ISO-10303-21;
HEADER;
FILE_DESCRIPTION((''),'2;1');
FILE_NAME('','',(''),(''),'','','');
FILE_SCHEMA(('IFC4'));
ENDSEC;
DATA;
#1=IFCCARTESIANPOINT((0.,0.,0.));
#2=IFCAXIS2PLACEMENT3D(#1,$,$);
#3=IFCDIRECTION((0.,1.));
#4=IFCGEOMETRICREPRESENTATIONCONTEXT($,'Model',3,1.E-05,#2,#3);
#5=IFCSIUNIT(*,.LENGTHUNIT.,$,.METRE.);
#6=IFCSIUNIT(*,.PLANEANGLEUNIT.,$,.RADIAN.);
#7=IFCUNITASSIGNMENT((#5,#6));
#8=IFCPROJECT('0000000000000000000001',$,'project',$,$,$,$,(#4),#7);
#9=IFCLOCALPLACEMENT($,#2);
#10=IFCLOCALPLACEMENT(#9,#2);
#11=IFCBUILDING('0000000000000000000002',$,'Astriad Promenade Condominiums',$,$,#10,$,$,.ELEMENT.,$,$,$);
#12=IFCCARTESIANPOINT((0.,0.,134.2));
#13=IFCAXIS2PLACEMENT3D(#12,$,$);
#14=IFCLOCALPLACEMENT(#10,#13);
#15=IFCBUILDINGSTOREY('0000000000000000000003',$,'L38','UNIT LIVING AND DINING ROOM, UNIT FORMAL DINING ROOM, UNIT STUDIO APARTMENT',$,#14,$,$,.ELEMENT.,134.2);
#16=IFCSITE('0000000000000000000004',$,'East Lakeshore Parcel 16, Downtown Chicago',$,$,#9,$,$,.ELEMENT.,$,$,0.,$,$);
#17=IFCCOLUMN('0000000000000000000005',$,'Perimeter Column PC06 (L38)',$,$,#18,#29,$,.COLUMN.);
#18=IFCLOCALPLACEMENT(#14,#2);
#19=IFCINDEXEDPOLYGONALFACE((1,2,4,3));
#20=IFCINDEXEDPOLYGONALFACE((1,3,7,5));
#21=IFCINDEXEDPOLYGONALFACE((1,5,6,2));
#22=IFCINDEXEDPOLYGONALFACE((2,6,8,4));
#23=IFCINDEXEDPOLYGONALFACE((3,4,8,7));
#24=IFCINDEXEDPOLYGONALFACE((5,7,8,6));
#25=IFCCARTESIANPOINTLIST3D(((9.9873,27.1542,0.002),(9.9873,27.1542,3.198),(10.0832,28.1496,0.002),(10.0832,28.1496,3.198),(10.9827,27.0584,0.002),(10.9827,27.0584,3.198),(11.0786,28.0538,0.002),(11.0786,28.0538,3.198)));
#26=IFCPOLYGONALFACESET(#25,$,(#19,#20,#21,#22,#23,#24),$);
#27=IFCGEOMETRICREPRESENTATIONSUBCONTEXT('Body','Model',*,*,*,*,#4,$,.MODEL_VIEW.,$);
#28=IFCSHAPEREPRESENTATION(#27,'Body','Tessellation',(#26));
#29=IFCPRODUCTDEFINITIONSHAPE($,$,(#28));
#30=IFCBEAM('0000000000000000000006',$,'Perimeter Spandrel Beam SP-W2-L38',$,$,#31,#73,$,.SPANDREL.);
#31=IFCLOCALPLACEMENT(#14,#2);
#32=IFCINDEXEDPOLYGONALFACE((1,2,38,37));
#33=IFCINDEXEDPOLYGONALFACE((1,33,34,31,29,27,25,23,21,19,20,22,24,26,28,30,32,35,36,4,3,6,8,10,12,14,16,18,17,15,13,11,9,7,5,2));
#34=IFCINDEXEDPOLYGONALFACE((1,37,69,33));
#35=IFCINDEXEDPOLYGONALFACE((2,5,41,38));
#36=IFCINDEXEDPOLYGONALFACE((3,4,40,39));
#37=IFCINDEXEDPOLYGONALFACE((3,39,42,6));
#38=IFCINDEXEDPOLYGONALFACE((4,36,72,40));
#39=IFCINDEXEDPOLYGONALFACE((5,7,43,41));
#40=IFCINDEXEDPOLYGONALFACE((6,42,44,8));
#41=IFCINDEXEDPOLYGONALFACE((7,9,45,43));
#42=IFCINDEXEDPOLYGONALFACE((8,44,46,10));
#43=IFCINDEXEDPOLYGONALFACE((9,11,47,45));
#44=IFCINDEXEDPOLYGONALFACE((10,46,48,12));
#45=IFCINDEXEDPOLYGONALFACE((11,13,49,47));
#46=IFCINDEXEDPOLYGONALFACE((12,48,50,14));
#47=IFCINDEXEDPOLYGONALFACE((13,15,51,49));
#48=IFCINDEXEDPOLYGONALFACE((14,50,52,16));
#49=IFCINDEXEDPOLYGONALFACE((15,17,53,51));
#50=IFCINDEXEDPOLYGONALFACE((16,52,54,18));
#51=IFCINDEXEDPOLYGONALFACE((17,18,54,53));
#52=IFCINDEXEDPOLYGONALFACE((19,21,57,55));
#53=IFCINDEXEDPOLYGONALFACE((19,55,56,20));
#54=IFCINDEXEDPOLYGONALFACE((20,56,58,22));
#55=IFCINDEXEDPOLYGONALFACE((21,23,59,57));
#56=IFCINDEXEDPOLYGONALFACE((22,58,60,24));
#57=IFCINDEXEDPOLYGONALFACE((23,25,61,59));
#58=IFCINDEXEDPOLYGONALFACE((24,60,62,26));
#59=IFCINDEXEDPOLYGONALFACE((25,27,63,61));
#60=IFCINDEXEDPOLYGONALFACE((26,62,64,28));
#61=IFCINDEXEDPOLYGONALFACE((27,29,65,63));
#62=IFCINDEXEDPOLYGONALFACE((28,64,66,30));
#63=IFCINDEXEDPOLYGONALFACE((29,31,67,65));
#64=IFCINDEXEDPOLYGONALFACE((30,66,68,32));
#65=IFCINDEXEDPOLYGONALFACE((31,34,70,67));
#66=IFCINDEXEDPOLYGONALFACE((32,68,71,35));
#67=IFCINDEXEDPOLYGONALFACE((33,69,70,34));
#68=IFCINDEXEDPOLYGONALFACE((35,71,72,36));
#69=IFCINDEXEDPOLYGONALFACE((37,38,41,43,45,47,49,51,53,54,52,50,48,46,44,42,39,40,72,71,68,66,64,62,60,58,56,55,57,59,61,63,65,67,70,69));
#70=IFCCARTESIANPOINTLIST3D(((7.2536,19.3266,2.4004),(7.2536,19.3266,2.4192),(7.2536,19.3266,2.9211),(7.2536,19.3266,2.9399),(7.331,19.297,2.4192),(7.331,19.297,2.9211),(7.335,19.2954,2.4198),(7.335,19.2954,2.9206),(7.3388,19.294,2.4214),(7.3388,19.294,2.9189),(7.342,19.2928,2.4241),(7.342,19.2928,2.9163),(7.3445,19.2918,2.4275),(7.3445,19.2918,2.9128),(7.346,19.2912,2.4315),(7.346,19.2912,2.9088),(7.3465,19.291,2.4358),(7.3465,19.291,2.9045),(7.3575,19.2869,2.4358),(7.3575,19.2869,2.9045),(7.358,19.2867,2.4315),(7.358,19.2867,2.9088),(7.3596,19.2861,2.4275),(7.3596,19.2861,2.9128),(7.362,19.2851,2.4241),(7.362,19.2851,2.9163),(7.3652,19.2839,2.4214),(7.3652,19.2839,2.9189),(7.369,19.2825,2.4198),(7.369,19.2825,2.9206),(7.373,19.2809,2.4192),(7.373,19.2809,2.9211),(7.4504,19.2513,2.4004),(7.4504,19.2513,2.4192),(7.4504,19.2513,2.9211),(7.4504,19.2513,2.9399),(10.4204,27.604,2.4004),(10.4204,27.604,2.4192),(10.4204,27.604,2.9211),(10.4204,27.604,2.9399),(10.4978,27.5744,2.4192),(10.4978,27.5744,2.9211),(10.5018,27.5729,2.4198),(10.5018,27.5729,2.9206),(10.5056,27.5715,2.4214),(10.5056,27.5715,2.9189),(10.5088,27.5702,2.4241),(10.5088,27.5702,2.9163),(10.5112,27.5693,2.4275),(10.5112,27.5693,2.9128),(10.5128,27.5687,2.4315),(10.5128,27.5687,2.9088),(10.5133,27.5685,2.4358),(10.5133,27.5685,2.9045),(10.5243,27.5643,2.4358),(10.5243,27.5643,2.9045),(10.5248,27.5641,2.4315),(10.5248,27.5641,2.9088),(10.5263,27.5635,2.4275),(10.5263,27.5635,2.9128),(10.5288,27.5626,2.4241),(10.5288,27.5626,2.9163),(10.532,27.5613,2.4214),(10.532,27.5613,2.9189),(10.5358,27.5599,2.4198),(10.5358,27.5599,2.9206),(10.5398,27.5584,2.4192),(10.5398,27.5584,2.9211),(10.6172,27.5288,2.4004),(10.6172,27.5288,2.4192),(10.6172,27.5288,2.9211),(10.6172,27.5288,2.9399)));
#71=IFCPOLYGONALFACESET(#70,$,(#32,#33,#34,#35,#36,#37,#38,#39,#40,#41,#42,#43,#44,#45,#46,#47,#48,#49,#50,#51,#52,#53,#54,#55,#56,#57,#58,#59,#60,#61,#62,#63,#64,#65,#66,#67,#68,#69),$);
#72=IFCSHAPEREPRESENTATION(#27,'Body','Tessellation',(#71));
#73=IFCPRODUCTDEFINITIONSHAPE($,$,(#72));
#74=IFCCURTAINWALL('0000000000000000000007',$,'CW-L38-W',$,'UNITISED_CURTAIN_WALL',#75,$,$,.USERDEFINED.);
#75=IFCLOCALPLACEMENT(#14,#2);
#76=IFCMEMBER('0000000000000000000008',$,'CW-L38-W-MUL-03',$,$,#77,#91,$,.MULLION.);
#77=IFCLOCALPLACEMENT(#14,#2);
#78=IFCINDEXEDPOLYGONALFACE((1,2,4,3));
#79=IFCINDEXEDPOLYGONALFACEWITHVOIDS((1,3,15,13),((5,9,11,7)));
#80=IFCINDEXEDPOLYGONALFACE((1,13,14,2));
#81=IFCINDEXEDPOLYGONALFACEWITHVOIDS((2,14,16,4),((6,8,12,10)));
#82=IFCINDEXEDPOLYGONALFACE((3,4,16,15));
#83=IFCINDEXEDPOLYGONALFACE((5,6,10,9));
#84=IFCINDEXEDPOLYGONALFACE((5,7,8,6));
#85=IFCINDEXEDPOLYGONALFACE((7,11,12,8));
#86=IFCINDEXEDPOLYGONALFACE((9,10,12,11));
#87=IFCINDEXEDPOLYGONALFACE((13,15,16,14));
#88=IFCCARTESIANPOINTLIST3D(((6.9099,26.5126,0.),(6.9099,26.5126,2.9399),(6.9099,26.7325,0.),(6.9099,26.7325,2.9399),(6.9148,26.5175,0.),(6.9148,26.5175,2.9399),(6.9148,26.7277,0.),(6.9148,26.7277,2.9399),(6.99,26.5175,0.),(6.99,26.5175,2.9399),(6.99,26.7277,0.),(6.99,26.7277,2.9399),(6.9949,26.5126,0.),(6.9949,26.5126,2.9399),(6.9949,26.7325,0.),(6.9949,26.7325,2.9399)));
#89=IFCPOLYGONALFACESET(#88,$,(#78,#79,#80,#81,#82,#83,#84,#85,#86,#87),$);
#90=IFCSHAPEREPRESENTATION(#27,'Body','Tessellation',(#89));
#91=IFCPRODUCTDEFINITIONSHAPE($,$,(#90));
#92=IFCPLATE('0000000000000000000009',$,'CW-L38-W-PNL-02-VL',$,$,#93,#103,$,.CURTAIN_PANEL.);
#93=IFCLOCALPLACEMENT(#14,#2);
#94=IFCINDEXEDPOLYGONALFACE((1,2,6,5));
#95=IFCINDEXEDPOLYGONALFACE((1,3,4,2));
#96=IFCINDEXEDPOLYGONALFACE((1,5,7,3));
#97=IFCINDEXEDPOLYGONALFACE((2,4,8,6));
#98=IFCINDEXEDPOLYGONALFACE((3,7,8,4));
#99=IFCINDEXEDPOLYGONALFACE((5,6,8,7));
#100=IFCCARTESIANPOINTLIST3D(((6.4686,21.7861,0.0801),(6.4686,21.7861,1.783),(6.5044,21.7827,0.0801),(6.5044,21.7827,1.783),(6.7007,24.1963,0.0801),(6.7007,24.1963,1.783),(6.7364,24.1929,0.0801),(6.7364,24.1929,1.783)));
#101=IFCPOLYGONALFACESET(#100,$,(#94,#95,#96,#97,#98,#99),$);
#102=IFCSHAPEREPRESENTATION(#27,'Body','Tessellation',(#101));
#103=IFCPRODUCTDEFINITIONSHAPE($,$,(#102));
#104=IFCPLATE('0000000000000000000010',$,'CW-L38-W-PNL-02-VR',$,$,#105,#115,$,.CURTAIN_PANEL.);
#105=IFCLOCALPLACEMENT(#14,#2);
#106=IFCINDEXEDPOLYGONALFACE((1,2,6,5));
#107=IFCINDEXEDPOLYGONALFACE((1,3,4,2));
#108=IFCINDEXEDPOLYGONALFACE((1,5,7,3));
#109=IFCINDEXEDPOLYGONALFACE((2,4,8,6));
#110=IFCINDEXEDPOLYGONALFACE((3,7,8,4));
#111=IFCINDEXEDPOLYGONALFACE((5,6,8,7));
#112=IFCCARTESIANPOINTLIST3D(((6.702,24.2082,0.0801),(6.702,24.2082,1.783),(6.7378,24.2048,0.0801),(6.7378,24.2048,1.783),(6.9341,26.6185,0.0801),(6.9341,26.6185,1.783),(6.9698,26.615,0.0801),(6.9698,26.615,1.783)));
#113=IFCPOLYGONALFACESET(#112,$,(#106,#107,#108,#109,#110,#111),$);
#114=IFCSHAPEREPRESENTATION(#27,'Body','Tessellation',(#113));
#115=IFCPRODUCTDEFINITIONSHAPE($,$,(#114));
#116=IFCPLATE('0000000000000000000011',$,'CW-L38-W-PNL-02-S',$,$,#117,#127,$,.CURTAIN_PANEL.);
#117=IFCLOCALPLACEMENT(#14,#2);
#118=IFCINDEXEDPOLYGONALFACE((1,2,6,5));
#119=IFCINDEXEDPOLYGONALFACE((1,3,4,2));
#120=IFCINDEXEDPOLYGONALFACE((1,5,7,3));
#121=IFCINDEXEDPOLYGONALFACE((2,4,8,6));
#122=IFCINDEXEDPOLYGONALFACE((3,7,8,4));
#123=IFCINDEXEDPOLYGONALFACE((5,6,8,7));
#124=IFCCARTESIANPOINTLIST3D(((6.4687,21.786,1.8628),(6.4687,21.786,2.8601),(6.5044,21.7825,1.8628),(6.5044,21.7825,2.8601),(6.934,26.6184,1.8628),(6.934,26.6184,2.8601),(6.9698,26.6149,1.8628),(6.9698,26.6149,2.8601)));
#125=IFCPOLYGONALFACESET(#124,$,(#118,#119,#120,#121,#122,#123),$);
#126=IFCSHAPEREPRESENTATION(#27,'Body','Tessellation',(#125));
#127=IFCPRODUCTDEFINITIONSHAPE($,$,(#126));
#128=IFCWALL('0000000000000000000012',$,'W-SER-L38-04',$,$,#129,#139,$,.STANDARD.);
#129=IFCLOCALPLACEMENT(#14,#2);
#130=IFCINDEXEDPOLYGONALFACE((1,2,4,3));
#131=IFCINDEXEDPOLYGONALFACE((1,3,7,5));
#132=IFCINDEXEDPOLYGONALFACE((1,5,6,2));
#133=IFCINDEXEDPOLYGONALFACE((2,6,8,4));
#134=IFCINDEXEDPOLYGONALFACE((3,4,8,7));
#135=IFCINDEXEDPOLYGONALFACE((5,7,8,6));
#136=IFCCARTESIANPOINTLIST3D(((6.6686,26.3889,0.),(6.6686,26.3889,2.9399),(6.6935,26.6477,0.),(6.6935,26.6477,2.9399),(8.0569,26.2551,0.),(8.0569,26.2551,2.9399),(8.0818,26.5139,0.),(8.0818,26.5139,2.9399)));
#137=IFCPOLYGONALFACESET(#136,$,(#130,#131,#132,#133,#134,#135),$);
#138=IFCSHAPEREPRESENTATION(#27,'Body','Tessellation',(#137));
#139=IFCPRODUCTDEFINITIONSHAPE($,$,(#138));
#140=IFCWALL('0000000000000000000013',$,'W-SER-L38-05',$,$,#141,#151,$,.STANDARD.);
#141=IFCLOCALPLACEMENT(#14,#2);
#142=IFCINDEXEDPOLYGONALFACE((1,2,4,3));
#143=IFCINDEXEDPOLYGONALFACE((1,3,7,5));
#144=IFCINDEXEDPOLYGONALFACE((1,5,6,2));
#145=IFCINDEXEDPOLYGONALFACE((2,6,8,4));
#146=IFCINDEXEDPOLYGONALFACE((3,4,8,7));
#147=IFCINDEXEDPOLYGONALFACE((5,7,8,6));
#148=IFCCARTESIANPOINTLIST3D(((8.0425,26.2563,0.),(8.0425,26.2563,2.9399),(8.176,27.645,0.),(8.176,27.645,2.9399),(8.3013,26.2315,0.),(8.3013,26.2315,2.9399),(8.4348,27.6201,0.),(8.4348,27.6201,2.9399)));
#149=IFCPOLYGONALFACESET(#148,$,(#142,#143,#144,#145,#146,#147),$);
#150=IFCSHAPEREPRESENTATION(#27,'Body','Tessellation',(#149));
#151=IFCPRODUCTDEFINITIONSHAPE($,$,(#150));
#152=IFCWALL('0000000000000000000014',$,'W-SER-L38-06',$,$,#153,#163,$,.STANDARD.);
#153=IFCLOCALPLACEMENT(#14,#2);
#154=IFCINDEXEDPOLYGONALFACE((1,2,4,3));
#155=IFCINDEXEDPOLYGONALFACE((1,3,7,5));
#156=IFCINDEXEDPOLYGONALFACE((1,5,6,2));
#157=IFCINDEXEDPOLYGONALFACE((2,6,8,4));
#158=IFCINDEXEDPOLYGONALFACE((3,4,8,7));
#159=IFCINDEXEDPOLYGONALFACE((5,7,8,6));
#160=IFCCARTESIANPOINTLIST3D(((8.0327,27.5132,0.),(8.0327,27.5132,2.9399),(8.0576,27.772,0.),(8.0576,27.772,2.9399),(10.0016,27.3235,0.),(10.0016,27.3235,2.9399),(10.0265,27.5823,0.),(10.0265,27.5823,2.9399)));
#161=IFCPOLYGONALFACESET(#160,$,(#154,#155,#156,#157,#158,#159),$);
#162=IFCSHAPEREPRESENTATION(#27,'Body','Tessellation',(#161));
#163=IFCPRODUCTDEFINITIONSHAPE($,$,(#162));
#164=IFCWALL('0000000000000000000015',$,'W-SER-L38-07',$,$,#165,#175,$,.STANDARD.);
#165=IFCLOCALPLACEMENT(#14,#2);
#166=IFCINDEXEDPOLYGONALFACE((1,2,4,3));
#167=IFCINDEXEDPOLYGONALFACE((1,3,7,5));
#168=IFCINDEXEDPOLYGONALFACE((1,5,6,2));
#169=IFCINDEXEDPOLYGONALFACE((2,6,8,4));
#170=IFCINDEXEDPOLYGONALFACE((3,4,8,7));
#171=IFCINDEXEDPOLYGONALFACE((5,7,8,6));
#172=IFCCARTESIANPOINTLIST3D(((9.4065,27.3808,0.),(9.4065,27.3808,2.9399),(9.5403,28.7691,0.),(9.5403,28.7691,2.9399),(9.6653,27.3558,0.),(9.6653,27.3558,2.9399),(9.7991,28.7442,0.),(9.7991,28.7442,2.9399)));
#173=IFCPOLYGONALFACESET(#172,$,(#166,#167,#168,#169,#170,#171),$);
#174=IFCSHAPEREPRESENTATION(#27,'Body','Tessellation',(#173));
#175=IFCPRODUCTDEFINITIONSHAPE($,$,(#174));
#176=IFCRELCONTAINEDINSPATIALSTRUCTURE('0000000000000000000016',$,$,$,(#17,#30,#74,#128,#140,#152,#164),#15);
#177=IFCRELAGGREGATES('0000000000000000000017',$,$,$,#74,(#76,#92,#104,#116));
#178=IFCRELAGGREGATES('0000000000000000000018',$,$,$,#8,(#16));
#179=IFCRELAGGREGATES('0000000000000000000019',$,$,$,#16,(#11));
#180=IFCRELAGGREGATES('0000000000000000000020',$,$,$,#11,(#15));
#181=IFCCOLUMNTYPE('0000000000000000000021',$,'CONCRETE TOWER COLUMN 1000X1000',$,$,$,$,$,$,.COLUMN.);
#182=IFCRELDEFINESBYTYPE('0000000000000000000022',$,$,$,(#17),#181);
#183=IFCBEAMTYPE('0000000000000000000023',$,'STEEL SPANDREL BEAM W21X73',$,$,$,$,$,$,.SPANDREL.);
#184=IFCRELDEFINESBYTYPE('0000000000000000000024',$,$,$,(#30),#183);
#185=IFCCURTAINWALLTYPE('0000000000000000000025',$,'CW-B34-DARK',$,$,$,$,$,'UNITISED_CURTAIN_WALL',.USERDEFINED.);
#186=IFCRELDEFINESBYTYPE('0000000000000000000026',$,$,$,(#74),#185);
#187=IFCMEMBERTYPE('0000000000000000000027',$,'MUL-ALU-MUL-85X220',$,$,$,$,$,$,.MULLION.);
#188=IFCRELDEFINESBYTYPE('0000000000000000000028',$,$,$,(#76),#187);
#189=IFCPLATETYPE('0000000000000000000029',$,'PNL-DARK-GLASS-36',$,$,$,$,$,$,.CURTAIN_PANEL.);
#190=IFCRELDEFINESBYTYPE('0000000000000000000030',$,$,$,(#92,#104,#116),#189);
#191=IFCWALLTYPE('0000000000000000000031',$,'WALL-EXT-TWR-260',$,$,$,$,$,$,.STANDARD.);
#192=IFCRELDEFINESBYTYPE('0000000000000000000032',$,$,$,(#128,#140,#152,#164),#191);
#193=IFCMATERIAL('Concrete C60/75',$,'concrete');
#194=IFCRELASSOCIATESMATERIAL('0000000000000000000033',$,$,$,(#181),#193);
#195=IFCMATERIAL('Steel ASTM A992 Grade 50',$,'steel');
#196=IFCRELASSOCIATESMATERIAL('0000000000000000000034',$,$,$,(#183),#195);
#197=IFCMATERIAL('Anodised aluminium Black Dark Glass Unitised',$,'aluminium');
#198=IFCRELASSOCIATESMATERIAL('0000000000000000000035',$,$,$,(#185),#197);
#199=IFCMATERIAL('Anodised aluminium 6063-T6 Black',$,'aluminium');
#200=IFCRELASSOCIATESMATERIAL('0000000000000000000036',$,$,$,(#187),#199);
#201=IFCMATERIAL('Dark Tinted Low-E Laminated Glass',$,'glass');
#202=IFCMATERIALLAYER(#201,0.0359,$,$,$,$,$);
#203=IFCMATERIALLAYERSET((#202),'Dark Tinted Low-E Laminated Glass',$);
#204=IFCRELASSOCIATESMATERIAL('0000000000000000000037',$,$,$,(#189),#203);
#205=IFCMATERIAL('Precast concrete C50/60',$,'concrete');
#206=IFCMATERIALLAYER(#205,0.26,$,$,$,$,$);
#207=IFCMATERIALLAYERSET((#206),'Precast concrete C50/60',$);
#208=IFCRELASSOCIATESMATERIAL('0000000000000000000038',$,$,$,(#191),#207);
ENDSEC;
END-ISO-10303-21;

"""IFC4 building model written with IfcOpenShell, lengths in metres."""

from ifc_helpers import new_model, si_unit, direction, frame, frame_2d, origin, origin_2d, place, context, subcontext, project, spatial, rectangle, hollow_rectangle, i_section, extrude, source, transform, mapped, material, layer, layer_set, material_profile, profile_set, type_object, type_shapes, element, aggregate, save


model = new_model("IFC4")

# Units and contexts
model_context = context("Model", 3, precision=1e-05, world=origin(), true_north=direction((0.0, 1.0)))
body_context = subcontext(model_context, "Body", "Model", "MODEL_VIEW")
ifc_project = project(units=[si_unit("LENGTHUNIT", "METRE"), si_unit("PLANEANGLEUNIT", "RADIAN")], contexts=[model_context])

# Site, building, storey
site_placement = place(None, origin())
site = spatial("IfcSite", under=ifc_project, at=site_placement, Name="East Lakeshore Parcel 16, Downtown Chicago", CompositionType="ELEMENT", RefElevation=0.0)
building_placement = place(site_placement, origin())
building = spatial("IfcBuilding", under=site, at=building_placement, Name="Astriad Promenade Condominiums", CompositionType="ELEMENT")
storey_placement = place(building_placement, frame((0.0, 0.0, 134.2)))
storey = spatial("IfcBuildingStorey", under=building, at=storey_placement, Name="L38", Description="UNIT LIVING AND DINING ROOM, UNIT FORMAL DINING ROOM, UNIT STUDIO APARTMENT", CompositionType="ELEMENT", Elevation=134.2)

# Column
ifc_material_1 = material(Name="Concrete C60/75", Category="concrete")
ifc_material_profile_1 = material_profile(ifc_material_1, rectangle(XDim=1.0, YDim=1.0, at=origin_2d()), Name="RC-COL-1000X1000")
ifc_profile_set_1 = profile_set([ifc_material_profile_1], Name="Concrete C60/75")
column_type = type_object("IfcColumnType", Name="CONCRETE TOWER COLUMN 1000X1000", PredefinedType="COLUMN", material=ifc_profile_set_1)
shared_shape_1 = source(origin(), body_context, "Body", "SweptSolid", [
    extrude(rectangle(XDim=1.0, YDim=1.0, at=origin_2d()), origin(), (0.0, 0.0, 1.0), 3.196),
])
type_shapes(column_type, [shared_shape_1])
column_placement = place(storey_placement, frame((10.533, 27.604, 0.002), z_axis=(0.0, 0.0, 1.0), x_axis=(0.995396, -0.095846, 0.0)))
element("IfcColumn", 1, at=column_placement, inside=storey, type_object=column_type, Name="Perimeter Column PC06 (L38)", PredefinedType="COLUMN", context=body_context, shape_type="MappedRepresentation", body=[
    mapped(shared_shape_1, transform((0.0, 0.0, 0.0), scale=1.0)),
])

# Beam
ifc_material_2 = material(Name="Steel ASTM A992 Grade 50", Category="steel")
ifc_material_profile_2 = material_profile(ifc_material_2, i_section(OverallWidth=0.2107, OverallDepth=0.5396, WebThickness=0.0117, FlangeThickness=0.0188, FilletRadius=0.0166, at=origin_2d()), Name="W21X73")
ifc_profile_set_2 = profile_set([ifc_material_profile_2], Name="Steel ASTM A992 Grade 50")
beam_type = type_object("IfcBeamType", Name="STEEL SPANDREL BEAM W21X73", PredefinedType="SPANDREL", material=ifc_profile_set_2)
shared_shape_2 = source(origin(), body_context, "Body", "SweptSolid", [
    extrude(i_section(OverallWidth=0.2107, OverallDepth=0.5396, WebThickness=0.0117, FlangeThickness=0.0188, FilletRadius=0.0166, at=origin_2d()), origin(), (0.0, 0.0, 1.0), 8.8625),
])
type_shapes(beam_type, [shared_shape_2])
beam_placement = place(storey_placement, frame((10.5188, 27.5664, 2.6702), z_axis=(-0.357323, -0.933981, 0.0), x_axis=(0.933981, -0.357323, 0.0)))
element("IfcBeam", 2, at=beam_placement, inside=storey, type_object=beam_type, Name="Perimeter Spandrel Beam SP-W2-L38", PredefinedType="SPANDREL", context=body_context, shape_type="MappedRepresentation", body=[
    mapped(shared_shape_2, transform((0.0, 0.0, 0.0), scale=1.0)),
])

# Curtain wall, member, plates
ifc_material_3 = material(Name="Anodised aluminium Black Dark Glass Unitised", Category="aluminium")
curtain_wall_type = type_object("IfcCurtainWallType", Name="CW-B34-DARK", ElementType="UNITISED_CURTAIN_WALL", PredefinedType="USERDEFINED", material=ifc_material_3)
curtain_wall_placement = place(storey_placement, origin())
curtain_wall = element("IfcCurtainWall", 3, at=curtain_wall_placement, inside=storey, type_object=curtain_wall_type, Name="CW-L38-W", ObjectType="UNITISED_CURTAIN_WALL", PredefinedType="USERDEFINED")
ifc_material_4 = material(Name="Anodised aluminium 6063-T6 Black", Category="aluminium")
ifc_material_profile_3 = material_profile(ifc_material_4, hollow_rectangle(XDim=0.085, YDim=0.22, WallThickness=0.0049, at=origin_2d()), Name="ALU-MUL-85X220")
ifc_profile_set_3 = profile_set([ifc_material_profile_3], Name="Anodised aluminium 6063-T6 Black")
member_type = type_object("IfcMemberType", Name="MUL-ALU-MUL-85X220", PredefinedType="MULLION", material=ifc_profile_set_3)
shared_shape_3 = source(origin(), body_context, "Body", "SweptSolid", [
    extrude(hollow_rectangle(XDim=0.085, YDim=0.22, WallThickness=0.0049, at=origin_2d()), origin(), (0.0, 0.0, 1.0), 2.9399),
])
type_shapes(member_type, [shared_shape_3])
member_placement = place(storey_placement, frame((6.9524, 26.6226, 0.0), z_axis=(0.0, 0.0, 1.0), x_axis=(1.0, 0.0, 0.0)))
member = element("IfcMember", 4, at=member_placement, type_object=member_type, Name="CW-L38-W-MUL-03", PredefinedType="MULLION", context=body_context, shape_type="MappedRepresentation", body=[
    mapped(shared_shape_3, transform((0.0, 0.0, 0.0), scale=1.0)),
])
ifc_material_5 = material(Name="Dark Tinted Low-E Laminated Glass", Category="glass")
ifc_layer_1 = layer(ifc_material_5, 0.0359)
ifc_layer_set_1 = layer_set([ifc_layer_1], Name="Dark Tinted Low-E Laminated Glass")
plate_type = type_object("IfcPlateType", Name="PNL-DARK-GLASS-36", PredefinedType="CURTAIN_PANEL", material=ifc_layer_set_1)
shared_shape_4 = source(origin(), body_context, "Body", "SweptSolid", [
    extrude(rectangle(XDim=2.4214, YDim=0.0359, at=origin_2d()), origin(), (0.0, 0.0, 1.0), 1.7029),
])
plate_1_placement = place(storey_placement, frame((6.6025, 22.9895, 0.0801), z_axis=(0.0, 0.0, 1.0), x_axis=(0.095846, 0.995396, 0.0)))
plate_1 = element("IfcPlate", 5, at=plate_1_placement, type_object=plate_type, Name="CW-L38-W-PNL-02-VL", PredefinedType="CURTAIN_PANEL", context=body_context, shape_type="MappedRepresentation", body=[
    mapped(shared_shape_4, transform((0.0, 0.0, 0.0), scale=1.0)),
])
plate_2_placement = place(storey_placement, frame((6.8359, 25.4116, 0.0801), z_axis=(0.0, 0.0, 1.0), x_axis=(0.095846, 0.995396, 0.0)))
plate_2 = element("IfcPlate", 6, at=plate_2_placement, type_object=plate_type, Name="CW-L38-W-PNL-02-VR", PredefinedType="CURTAIN_PANEL", context=body_context, shape_type="MappedRepresentation", body=[
    mapped(shared_shape_4, transform((0.0, 0.0, 0.0), scale=1.0)),
])
shared_shape_5 = source(origin(), body_context, "Body", "SweptSolid", [
    extrude(rectangle(XDim=4.8547, YDim=0.0359, at=origin_2d()), origin(), (0.0, 0.0, 1.0), 0.9973),
])
type_shapes(plate_type, [shared_shape_4, shared_shape_5])
plate_3_placement = place(storey_placement, frame((6.7192, 24.2004, 1.8628), z_axis=(0.0, 0.0, 1.0), x_axis=(0.095846, 0.995396, 0.0)))
plate_3 = element("IfcPlate", 7, at=plate_3_placement, type_object=plate_type, Name="CW-L38-W-PNL-02-S", PredefinedType="CURTAIN_PANEL", context=body_context, shape_type="MappedRepresentation", body=[
    mapped(shared_shape_5, transform((0.0, 0.0, 0.0), scale=1.0)),
])
aggregate(curtain_wall, [member, plate_1, plate_2, plate_3])

# Walls
ifc_material_6 = material(Name="Precast concrete C50/60", Category="concrete")
ifc_layer_2 = layer(ifc_material_6, 0.26)
ifc_layer_set_2 = layer_set([ifc_layer_2], Name="Precast concrete C50/60")
wall_type_1 = type_object("IfcWallType", Name="WALL-EXT-TWR-260", PredefinedType="STANDARD", material=ifc_layer_set_2)
wall_1_placement = place(storey_placement, frame((6.6812, 26.5183, 0.0), z_axis=(0.0, 0.0, 1.0), x_axis=(0.995389, -0.095916, 0.0)))
element("IfcWall", 8, at=wall_1_placement, inside=storey, type_object=wall_type_1, Name="W-SER-L38-04", PredefinedType="STANDARD", context=body_context, shape_type="SweptSolid", body=[
    extrude(rectangle(XDim=1.3948, YDim=0.26, at=frame_2d((0.6973, 0.0))), origin(), (0.0, 0.0, 1.0), 2.9399),
])
wall_2_placement = place(storey_placement, frame((8.1719, 26.2439, 0.0), z_axis=(0.0, 0.0, 1.0), x_axis=(0.095726, 0.995408, 0.0)))
element("IfcWall", 9, at=wall_2_placement, inside=storey, type_object=wall_type_1, Name="W-SER-L38-05", PredefinedType="STANDARD", context=body_context, shape_type="SweptSolid", body=[
    extrude(rectangle(XDim=1.395, YDim=0.26, at=frame_2d((0.6975, 0.0))), origin(), (0.0, 0.0, 1.0), 2.9399),
])
wall_3_placement = place(storey_placement, frame((8.0452, 27.6426, 0.0), z_axis=(0.0, 0.0, 1.0), x_axis=(0.995391, -0.095898, 0.0)))
element("IfcWall", 10, at=wall_3_placement, inside=storey, type_object=wall_type_1, Name="W-SER-L38-06", PredefinedType="STANDARD", context=body_context, shape_type="SweptSolid", body=[
    extrude(rectangle(XDim=1.978, YDim=0.26, at=frame_2d((0.989, 0.0))), origin(), (0.0, 0.0, 1.0), 2.9399),
])
wall_4_placement = place(storey_placement, frame((9.5359, 27.3684, 0.0), z_axis=(0.0, 0.0, 1.0), x_axis=(0.095916, 0.995389, 0.0)))
element("IfcWall", 11, at=wall_4_placement, inside=storey, type_object=wall_type_1, Name="W-SER-L38-07", PredefinedType="STANDARD", context=body_context, shape_type="SweptSolid", body=[
    extrude(rectangle(XDim=1.3948, YDim=0.26, at=frame_2d((0.6973, 0.0))), origin(), (0.0, 0.0, 1.0), 2.9399),
])

save(model, "model.ifc")
